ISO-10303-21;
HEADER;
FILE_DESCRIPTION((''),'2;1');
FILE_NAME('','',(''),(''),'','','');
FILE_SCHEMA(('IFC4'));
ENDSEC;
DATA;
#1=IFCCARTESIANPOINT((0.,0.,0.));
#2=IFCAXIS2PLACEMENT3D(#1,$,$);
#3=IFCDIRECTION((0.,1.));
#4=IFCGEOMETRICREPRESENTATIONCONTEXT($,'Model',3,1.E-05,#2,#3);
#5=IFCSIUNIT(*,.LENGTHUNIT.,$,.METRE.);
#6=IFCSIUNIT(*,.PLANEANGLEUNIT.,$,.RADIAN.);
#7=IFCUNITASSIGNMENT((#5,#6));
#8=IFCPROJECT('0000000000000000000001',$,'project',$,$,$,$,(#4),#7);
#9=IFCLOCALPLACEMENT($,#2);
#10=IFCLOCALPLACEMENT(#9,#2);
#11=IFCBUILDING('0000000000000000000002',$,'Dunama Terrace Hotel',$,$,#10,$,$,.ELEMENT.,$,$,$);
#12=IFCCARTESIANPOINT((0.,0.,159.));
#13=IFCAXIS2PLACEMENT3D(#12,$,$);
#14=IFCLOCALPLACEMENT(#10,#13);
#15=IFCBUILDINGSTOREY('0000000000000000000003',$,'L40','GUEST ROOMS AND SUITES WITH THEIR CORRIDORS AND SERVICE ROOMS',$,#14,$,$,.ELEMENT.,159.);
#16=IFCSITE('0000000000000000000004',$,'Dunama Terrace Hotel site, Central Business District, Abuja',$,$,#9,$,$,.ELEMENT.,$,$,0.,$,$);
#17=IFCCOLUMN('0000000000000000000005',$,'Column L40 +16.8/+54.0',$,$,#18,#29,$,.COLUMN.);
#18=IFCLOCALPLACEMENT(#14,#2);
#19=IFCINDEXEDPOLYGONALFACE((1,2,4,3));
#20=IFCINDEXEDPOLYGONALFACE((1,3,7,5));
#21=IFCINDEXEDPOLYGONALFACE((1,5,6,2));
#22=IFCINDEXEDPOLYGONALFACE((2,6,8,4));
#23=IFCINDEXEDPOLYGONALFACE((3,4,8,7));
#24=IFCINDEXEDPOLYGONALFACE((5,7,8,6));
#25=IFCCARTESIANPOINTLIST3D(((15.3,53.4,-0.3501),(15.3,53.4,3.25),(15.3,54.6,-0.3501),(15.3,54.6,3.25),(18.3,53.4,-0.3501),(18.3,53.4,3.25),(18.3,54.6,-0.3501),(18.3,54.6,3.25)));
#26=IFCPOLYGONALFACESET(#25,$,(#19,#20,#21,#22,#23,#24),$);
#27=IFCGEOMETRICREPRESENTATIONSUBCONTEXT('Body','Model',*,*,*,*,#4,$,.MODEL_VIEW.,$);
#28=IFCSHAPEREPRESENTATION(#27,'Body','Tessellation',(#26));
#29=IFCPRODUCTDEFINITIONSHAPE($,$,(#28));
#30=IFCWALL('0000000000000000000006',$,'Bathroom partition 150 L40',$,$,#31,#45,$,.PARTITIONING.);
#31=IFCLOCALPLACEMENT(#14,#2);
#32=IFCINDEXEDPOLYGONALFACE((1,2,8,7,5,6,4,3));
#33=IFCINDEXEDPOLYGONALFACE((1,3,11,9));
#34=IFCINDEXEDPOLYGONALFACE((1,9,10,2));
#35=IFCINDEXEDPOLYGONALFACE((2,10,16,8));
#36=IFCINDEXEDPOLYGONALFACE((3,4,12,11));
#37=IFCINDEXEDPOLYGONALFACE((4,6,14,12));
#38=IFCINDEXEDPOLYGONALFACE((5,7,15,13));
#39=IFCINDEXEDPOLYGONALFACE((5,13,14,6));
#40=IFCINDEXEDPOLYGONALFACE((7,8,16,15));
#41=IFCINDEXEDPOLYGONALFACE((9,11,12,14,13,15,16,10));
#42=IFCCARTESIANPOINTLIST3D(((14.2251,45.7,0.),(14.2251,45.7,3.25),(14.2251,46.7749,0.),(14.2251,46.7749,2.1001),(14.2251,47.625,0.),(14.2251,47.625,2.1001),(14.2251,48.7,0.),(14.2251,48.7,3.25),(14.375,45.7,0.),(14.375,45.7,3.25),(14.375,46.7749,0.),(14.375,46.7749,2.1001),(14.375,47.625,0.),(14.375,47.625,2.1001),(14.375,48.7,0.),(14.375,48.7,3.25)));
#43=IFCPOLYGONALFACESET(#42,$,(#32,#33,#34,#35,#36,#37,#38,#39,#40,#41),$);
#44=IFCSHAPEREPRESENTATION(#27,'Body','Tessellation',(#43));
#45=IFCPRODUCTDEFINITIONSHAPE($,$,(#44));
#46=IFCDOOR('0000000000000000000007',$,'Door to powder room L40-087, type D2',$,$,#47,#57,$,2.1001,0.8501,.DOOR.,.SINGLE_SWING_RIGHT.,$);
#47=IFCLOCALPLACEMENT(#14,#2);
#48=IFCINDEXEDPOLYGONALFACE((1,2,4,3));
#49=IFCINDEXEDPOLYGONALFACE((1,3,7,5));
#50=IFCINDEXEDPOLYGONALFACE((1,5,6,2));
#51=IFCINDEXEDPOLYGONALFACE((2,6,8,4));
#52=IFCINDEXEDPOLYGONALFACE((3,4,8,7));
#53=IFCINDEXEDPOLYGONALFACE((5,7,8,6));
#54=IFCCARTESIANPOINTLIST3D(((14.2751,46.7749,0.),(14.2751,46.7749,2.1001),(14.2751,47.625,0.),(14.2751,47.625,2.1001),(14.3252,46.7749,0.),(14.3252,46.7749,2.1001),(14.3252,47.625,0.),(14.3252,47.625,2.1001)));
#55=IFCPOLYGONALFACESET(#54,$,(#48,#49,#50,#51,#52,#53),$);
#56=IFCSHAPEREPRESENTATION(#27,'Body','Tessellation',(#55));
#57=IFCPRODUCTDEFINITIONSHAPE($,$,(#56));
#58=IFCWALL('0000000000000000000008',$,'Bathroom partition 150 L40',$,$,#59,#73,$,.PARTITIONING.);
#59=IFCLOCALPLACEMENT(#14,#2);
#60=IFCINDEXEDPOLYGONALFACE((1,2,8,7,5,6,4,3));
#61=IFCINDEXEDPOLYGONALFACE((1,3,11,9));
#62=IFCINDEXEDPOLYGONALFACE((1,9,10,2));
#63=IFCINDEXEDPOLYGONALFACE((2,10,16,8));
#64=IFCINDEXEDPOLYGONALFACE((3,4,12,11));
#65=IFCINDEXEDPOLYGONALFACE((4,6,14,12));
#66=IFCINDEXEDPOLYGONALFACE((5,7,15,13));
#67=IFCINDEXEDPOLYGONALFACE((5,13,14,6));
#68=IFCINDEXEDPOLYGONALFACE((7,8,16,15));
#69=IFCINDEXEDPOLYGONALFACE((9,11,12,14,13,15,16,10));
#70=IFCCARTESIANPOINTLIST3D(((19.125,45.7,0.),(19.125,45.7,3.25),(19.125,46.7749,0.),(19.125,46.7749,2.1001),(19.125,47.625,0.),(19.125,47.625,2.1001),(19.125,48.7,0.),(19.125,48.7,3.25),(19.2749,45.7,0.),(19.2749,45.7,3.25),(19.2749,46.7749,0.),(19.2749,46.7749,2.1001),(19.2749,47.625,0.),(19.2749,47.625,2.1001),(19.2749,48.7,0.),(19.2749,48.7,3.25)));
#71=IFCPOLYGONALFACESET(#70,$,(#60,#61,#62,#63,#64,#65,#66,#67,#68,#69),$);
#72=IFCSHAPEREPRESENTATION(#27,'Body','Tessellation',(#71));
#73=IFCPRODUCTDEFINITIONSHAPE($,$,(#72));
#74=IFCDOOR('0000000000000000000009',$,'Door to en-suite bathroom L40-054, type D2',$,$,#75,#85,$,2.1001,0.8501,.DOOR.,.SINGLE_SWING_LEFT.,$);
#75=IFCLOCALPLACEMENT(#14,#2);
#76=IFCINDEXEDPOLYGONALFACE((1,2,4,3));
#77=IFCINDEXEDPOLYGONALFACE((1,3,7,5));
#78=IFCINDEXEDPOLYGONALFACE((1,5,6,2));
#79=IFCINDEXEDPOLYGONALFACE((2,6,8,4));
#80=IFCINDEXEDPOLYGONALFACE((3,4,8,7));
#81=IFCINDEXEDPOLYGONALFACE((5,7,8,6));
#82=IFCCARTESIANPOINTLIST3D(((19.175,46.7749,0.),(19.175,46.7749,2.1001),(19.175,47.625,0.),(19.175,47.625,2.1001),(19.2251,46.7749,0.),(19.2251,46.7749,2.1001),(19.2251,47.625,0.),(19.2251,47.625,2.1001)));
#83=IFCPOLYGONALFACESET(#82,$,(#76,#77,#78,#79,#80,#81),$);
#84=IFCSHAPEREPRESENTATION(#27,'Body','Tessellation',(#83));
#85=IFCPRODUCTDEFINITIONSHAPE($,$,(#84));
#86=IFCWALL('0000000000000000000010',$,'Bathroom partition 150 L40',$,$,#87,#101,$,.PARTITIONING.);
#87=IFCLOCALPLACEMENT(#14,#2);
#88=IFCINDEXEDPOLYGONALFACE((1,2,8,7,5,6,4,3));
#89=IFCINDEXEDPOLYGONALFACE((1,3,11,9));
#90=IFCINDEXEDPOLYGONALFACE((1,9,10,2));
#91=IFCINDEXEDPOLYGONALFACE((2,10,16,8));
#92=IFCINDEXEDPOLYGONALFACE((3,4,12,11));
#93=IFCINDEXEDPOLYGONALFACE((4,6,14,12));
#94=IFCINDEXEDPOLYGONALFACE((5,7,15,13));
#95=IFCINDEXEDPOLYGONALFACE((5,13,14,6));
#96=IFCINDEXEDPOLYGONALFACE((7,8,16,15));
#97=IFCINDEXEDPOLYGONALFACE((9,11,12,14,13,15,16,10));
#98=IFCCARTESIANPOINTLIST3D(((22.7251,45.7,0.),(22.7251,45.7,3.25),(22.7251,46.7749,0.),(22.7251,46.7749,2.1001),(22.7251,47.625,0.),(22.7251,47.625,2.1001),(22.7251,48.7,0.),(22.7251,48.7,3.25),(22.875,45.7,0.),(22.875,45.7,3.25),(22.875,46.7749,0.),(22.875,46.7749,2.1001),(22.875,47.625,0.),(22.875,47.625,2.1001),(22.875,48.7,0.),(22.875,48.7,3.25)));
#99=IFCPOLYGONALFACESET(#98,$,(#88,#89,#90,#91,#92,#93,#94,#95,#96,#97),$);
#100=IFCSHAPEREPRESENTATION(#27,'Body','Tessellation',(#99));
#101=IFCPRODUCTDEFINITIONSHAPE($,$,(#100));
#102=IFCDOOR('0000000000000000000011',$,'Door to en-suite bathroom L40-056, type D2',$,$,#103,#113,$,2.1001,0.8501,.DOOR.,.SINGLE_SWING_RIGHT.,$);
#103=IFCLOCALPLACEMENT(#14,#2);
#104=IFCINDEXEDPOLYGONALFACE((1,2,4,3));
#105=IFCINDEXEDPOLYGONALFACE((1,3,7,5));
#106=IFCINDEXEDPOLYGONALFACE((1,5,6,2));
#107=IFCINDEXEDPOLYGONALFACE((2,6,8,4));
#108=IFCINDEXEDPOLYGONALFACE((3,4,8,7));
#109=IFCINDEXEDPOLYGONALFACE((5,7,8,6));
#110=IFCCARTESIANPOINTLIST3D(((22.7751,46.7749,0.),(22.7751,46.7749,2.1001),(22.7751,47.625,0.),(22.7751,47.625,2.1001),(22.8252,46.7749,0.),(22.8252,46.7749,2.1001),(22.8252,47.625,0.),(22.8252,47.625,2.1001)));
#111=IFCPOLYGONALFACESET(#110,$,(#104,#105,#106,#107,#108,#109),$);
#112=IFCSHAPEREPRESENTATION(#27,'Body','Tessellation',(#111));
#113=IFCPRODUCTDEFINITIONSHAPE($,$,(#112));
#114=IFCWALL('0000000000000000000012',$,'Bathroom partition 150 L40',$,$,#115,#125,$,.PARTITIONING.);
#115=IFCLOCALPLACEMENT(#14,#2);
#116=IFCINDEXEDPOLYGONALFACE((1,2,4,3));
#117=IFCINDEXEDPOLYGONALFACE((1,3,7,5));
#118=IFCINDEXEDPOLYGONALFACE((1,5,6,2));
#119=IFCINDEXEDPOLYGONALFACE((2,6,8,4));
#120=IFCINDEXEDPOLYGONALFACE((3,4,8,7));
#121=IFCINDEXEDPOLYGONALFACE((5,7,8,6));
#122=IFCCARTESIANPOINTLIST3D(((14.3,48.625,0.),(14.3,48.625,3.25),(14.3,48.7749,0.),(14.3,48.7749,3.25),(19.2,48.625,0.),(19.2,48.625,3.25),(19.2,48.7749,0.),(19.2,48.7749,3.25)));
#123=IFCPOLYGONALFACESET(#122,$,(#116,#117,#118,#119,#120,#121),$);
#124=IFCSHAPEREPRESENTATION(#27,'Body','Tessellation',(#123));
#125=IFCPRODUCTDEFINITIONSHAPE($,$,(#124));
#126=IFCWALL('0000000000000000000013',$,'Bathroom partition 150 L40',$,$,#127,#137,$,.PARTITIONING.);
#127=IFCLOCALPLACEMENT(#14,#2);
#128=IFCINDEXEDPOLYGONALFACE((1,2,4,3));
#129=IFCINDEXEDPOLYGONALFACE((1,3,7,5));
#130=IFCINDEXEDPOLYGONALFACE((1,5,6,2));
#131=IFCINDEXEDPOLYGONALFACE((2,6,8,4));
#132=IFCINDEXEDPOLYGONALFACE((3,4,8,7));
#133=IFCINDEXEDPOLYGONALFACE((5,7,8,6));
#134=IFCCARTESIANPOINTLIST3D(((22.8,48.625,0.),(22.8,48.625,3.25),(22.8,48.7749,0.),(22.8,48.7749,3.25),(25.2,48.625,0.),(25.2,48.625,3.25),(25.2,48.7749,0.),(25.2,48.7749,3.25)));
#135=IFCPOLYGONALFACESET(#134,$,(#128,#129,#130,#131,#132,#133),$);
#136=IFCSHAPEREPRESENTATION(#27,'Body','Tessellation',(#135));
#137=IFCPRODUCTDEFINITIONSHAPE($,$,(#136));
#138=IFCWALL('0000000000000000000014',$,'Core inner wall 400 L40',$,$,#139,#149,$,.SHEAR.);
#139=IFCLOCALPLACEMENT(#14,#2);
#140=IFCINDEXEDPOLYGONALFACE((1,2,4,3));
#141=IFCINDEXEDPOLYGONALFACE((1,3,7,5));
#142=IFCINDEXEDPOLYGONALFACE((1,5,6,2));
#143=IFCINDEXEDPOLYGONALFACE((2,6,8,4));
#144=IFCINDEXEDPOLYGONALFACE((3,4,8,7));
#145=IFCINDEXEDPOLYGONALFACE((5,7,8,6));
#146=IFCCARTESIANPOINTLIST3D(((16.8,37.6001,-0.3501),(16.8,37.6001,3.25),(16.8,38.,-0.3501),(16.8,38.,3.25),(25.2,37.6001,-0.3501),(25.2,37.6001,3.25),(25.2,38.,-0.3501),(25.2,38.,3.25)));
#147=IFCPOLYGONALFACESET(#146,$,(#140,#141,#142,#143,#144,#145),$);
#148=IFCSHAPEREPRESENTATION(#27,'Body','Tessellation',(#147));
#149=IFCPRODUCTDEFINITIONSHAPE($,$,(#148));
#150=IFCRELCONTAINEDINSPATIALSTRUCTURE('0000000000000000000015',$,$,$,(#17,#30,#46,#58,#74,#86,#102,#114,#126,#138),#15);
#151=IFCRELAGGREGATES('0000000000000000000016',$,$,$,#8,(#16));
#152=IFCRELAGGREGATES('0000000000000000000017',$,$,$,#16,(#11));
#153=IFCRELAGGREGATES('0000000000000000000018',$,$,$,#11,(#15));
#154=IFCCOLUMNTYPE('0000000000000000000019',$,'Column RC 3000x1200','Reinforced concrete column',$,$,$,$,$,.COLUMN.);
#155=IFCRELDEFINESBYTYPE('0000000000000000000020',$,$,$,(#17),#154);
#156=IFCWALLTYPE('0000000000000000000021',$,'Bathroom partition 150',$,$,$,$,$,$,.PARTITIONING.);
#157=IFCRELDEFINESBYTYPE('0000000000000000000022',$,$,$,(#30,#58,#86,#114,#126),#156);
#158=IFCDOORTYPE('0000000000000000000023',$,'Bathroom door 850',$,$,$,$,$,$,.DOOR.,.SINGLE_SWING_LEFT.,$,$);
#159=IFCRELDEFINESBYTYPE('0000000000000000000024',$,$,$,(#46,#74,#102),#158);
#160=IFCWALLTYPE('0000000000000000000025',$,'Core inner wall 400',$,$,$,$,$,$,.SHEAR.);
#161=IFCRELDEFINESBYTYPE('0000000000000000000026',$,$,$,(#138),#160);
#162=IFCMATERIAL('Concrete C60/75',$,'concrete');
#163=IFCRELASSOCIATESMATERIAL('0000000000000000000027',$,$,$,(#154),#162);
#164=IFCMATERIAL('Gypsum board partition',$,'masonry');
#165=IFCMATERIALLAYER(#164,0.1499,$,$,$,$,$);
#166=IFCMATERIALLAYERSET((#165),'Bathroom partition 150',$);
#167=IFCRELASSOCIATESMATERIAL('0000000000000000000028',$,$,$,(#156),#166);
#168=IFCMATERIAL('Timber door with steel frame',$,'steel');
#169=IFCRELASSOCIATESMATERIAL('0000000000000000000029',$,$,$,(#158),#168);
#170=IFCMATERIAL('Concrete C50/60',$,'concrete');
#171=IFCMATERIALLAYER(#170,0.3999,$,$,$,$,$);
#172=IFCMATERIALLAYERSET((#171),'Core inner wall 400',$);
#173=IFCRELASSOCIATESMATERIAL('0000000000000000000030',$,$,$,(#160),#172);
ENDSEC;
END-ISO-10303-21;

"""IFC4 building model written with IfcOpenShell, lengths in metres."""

from ifc_helpers import new_model, si_unit, direction, frame, frame_2d, origin, origin_2d, place, context, subcontext, project, spatial, rectangle, extrude, material, layer, layer_set, material_profile, profile_set, type_object, element, fill, save


model = new_model("IFC4")

# Units and contexts
model_context = context("Model", 3, precision=1e-05, world=origin(), true_north=direction((0.0, 1.0)))
body_context = subcontext(model_context, "Body", "Model", "MODEL_VIEW")
ifc_project = project(units=[si_unit("LENGTHUNIT", "METRE"), si_unit("PLANEANGLEUNIT", "RADIAN")], contexts=[model_context])

# Site, building, storey
site_placement = place(None, origin())
site = spatial("IfcSite", under=ifc_project, at=site_placement, Name="Dunama Terrace Hotel site, Central Business District, Abuja", CompositionType="ELEMENT", RefElevation=0.0)
building_placement = place(site_placement, origin())
building = spatial("IfcBuilding", under=site, at=building_placement, Name="Dunama Terrace Hotel", CompositionType="ELEMENT")
storey_placement = place(building_placement, frame((0.0, 0.0, 159.0)))
storey = spatial("IfcBuildingStorey", under=building, at=storey_placement, Name="L40", Description="GUEST ROOMS AND SUITES WITH THEIR CORRIDORS AND SERVICE ROOMS", CompositionType="ELEMENT", Elevation=159.0)

# Column
ifc_material_1 = material(Name="Concrete C60/75", Category="concrete")
ifc_material_profile = material_profile(ifc_material_1, rectangle(XDim=3.0, YDim=1.2, at=origin_2d()), Name="RC 3000x1200")
ifc_profile_set = profile_set([ifc_material_profile], Name="Concrete C60/75")
column_type = type_object("IfcColumnType", Name="Column RC 3000x1200", Description="Reinforced concrete column", PredefinedType="COLUMN", material=ifc_profile_set)
column_placement = place(storey_placement, frame((16.8, 54.0, -0.3501), z_axis=(0.0, 0.0, 1.0), x_axis=(1.0, 0.0, 0.0)))
element("IfcColumn", 1, at=column_placement, inside=storey, type_object=column_type, Name="Column L40 +16.8/+54.0", PredefinedType="COLUMN", context=body_context, shape_type="SweptSolid", body=[
    extrude(rectangle(XDim=3.0, YDim=1.2, at=origin_2d()), origin(), (0.0, 0.0, 1.0), 3.6001),
])

# Walls, openings, doors
ifc_material_2 = material(Name="Gypsum board partition", Category="masonry")
ifc_layer_1 = layer(ifc_material_2, 0.1499)
ifc_layer_set_1 = layer_set([ifc_layer_1], Name="Bathroom partition 150")
wall_type_1 = type_object("IfcWallType", Name="Bathroom partition 150", PredefinedType="PARTITIONING", material=ifc_layer_set_1)
wall_1_placement = place(storey_placement, frame((14.3, 45.7, 0.0), z_axis=(0.0, 0.0, 1.0), x_axis=(0.0, 1.0, 0.0)))
wall_1 = element("IfcWall", 2, at=wall_1_placement, inside=storey, type_object=wall_type_1, Name="Bathroom partition 150 L40", PredefinedType="PARTITIONING", context=body_context, shape_type="SweptSolid", body=[
    extrude(rectangle(XDim=3.0, YDim=0.1499, at=frame_2d((1.5, 0.0))), origin(), (0.0, 0.0, 1.0), 3.25),
])
opening_1_placement = place(wall_1_placement, frame((1.075, 0.0, 0.0)))
opening_1 = element("IfcOpeningElement", 3, at=opening_1_placement, cuts=wall_1, PredefinedType="OPENING", context=body_context, shape_type="SweptSolid", body=[
    extrude(rectangle(XDim=0.8501, YDim=2.1001, at=frame_2d((0.425, 1.05))), frame((0.0, 0.085, 0.0), z_axis=(0.0, -1.0, 0.0), x_axis=(1.0, 0.0, 0.0)), (0.0, 0.0, 1.0), 0.1699),
])
ifc_material_3 = material(Name="Timber door with steel frame", Category="steel")
door_type_1 = type_object("IfcDoorType", Name="Bathroom door 850", OperationType="SINGLE_SWING_LEFT", PredefinedType="DOOR", material=ifc_material_3)
door_1_placement = place(opening_1_placement, frame((0.8501, 0.0, 0.0), z_axis=(0.0, 0.0, 1.0), x_axis=(-1.0, 0.0, 0.0)))
door_1 = element("IfcDoor", 4, at=door_1_placement, inside=storey, type_object=door_type_1, Name="Door to powder room L40-087, type D2", OperationType="SINGLE_SWING_RIGHT", OverallHeight=2.1001, OverallWidth=0.8501, PredefinedType="DOOR", context=body_context, shape_type="SweptSolid", body=[
    extrude(rectangle(XDim=0.8501, YDim=2.1001, at=frame_2d((0.425, 1.05))), frame((0.0, 0.0251, 0.0), z_axis=(0.0, -1.0, 0.0), x_axis=(1.0, 0.0, 0.0)), (0.0, 0.0, 1.0), 0.05),
])
fill(opening_1, door_1)
wall_2_placement = place(storey_placement, frame((19.2, 45.7, 0.0), z_axis=(0.0, 0.0, 1.0), x_axis=(0.0, 1.0, 0.0)))
wall_2 = element("IfcWall", 5, at=wall_2_placement, inside=storey, type_object=wall_type_1, Name="Bathroom partition 150 L40", PredefinedType="PARTITIONING", context=body_context, shape_type="SweptSolid", body=[
    extrude(rectangle(XDim=3.0, YDim=0.1499, at=frame_2d((1.5, 0.0))), origin(), (0.0, 0.0, 1.0), 3.25),
])
opening_2_placement = place(wall_2_placement, frame((1.075, 0.0, 0.0)))
opening_2 = element("IfcOpeningElement", 6, at=opening_2_placement, cuts=wall_2, PredefinedType="OPENING", context=body_context, shape_type="SweptSolid", body=[
    extrude(rectangle(XDim=0.8501, YDim=2.1001, at=frame_2d((0.425, 1.05))), frame((0.0, 0.085, 0.0), z_axis=(0.0, -1.0, 0.0), x_axis=(1.0, 0.0, 0.0)), (0.0, 0.0, 1.0), 0.1699),
])
door_2_placement = place(opening_2_placement, origin())
door_2 = element("IfcDoor", 7, at=door_2_placement, inside=storey, type_object=door_type_1, Name="Door to en-suite bathroom L40-054, type D2", OperationType="SINGLE_SWING_LEFT", OverallHeight=2.1001, OverallWidth=0.8501, PredefinedType="DOOR", context=body_context, shape_type="SweptSolid", body=[
    extrude(rectangle(XDim=0.8501, YDim=2.1001, at=frame_2d((0.425, 1.05))), frame((0.0, 0.0249, 0.0), z_axis=(0.0, -1.0, 0.0), x_axis=(1.0, 0.0, 0.0)), (0.0, 0.0, 1.0), 0.05),
])
fill(opening_2, door_2)
wall_3_placement = place(storey_placement, frame((22.8, 45.7, 0.0), z_axis=(0.0, 0.0, 1.0), x_axis=(0.0, 1.0, 0.0)))
wall_3 = element("IfcWall", 8, at=wall_3_placement, inside=storey, type_object=wall_type_1, Name="Bathroom partition 150 L40", PredefinedType="PARTITIONING", context=body_context, shape_type="SweptSolid", body=[
    extrude(rectangle(XDim=3.0, YDim=0.1499, at=frame_2d((1.5, 0.0))), origin(), (0.0, 0.0, 1.0), 3.25),
])
opening_3_placement = place(wall_3_placement, frame((1.075, 0.0, 0.0)))
opening_3 = element("IfcOpeningElement", 9, at=opening_3_placement, cuts=wall_3, PredefinedType="OPENING", context=body_context, shape_type="SweptSolid", body=[
    extrude(rectangle(XDim=0.8501, YDim=2.1001, at=frame_2d((0.425, 1.05))), frame((0.0, 0.085, 0.0), z_axis=(0.0, -1.0, 0.0), x_axis=(1.0, 0.0, 0.0)), (0.0, 0.0, 1.0), 0.1699),
])
door_3_placement = place(opening_3_placement, frame((0.8501, 0.0, 0.0), z_axis=(0.0, 0.0, 1.0), x_axis=(-1.0, 0.0, 0.0)))
door_3 = element("IfcDoor", 10, at=door_3_placement, inside=storey, type_object=door_type_1, Name="Door to en-suite bathroom L40-056, type D2", OperationType="SINGLE_SWING_RIGHT", OverallHeight=2.1001, OverallWidth=0.8501, PredefinedType="DOOR", context=body_context, shape_type="SweptSolid", body=[
    extrude(rectangle(XDim=0.8501, YDim=2.1001, at=frame_2d((0.425, 1.05))), frame((0.0, 0.0251, 0.0), z_axis=(0.0, -1.0, 0.0), x_axis=(1.0, 0.0, 0.0)), (0.0, 0.0, 1.0), 0.05),
])
fill(opening_3, door_3)

# Walls
wall_4_placement = place(storey_placement, frame((14.3, 48.7, 0.0), z_axis=(0.0, 0.0, 1.0), x_axis=(1.0, 0.0, 0.0)))
element("IfcWall", 11, at=wall_4_placement, inside=storey, type_object=wall_type_1, Name="Bathroom partition 150 L40", PredefinedType="PARTITIONING", context=body_context, shape_type="SweptSolid", body=[
    extrude(rectangle(XDim=4.8999, YDim=0.1499, at=frame_2d((2.45, 0.0))), origin(), (0.0, 0.0, 1.0), 3.25),
])
wall_5_placement = place(storey_placement, frame((22.8, 48.7, 0.0), z_axis=(0.0, 0.0, 1.0), x_axis=(1.0, 0.0, 0.0)))
element("IfcWall", 12, at=wall_5_placement, inside=storey, type_object=wall_type_1, Name="Bathroom partition 150 L40", PredefinedType="PARTITIONING", context=body_context, shape_type="SweptSolid", body=[
    extrude(rectangle(XDim=2.3999, YDim=0.1499, at=frame_2d((1.2, 0.0))), origin(), (0.0, 0.0, 1.0), 3.25),
])
ifc_material_4 = material(Name="Concrete C50/60", Category="concrete")
ifc_layer_2 = layer(ifc_material_4, 0.3999)
ifc_layer_set_2 = layer_set([ifc_layer_2], Name="Core inner wall 400")
wall_type_2 = type_object("IfcWallType", Name="Core inner wall 400", PredefinedType="SHEAR", material=ifc_layer_set_2)
wall_6_placement = place(storey_placement, frame((16.8, 37.8, -0.3501), z_axis=(0.0, 0.0, 1.0), x_axis=(1.0, 0.0, 0.0)))
element("IfcWall", 13, at=wall_6_placement, inside=storey, type_object=wall_type_2, Name="Core inner wall 400 L40", PredefinedType="SHEAR", context=body_context, shape_type="SweptSolid", body=[
    extrude(rectangle(XDim=8.3999, YDim=0.3999, at=frame_2d((4.2, 0.0))), origin(), (0.0, 0.0, 1.0), 3.6001),
])

save(model, "model.ifc")
